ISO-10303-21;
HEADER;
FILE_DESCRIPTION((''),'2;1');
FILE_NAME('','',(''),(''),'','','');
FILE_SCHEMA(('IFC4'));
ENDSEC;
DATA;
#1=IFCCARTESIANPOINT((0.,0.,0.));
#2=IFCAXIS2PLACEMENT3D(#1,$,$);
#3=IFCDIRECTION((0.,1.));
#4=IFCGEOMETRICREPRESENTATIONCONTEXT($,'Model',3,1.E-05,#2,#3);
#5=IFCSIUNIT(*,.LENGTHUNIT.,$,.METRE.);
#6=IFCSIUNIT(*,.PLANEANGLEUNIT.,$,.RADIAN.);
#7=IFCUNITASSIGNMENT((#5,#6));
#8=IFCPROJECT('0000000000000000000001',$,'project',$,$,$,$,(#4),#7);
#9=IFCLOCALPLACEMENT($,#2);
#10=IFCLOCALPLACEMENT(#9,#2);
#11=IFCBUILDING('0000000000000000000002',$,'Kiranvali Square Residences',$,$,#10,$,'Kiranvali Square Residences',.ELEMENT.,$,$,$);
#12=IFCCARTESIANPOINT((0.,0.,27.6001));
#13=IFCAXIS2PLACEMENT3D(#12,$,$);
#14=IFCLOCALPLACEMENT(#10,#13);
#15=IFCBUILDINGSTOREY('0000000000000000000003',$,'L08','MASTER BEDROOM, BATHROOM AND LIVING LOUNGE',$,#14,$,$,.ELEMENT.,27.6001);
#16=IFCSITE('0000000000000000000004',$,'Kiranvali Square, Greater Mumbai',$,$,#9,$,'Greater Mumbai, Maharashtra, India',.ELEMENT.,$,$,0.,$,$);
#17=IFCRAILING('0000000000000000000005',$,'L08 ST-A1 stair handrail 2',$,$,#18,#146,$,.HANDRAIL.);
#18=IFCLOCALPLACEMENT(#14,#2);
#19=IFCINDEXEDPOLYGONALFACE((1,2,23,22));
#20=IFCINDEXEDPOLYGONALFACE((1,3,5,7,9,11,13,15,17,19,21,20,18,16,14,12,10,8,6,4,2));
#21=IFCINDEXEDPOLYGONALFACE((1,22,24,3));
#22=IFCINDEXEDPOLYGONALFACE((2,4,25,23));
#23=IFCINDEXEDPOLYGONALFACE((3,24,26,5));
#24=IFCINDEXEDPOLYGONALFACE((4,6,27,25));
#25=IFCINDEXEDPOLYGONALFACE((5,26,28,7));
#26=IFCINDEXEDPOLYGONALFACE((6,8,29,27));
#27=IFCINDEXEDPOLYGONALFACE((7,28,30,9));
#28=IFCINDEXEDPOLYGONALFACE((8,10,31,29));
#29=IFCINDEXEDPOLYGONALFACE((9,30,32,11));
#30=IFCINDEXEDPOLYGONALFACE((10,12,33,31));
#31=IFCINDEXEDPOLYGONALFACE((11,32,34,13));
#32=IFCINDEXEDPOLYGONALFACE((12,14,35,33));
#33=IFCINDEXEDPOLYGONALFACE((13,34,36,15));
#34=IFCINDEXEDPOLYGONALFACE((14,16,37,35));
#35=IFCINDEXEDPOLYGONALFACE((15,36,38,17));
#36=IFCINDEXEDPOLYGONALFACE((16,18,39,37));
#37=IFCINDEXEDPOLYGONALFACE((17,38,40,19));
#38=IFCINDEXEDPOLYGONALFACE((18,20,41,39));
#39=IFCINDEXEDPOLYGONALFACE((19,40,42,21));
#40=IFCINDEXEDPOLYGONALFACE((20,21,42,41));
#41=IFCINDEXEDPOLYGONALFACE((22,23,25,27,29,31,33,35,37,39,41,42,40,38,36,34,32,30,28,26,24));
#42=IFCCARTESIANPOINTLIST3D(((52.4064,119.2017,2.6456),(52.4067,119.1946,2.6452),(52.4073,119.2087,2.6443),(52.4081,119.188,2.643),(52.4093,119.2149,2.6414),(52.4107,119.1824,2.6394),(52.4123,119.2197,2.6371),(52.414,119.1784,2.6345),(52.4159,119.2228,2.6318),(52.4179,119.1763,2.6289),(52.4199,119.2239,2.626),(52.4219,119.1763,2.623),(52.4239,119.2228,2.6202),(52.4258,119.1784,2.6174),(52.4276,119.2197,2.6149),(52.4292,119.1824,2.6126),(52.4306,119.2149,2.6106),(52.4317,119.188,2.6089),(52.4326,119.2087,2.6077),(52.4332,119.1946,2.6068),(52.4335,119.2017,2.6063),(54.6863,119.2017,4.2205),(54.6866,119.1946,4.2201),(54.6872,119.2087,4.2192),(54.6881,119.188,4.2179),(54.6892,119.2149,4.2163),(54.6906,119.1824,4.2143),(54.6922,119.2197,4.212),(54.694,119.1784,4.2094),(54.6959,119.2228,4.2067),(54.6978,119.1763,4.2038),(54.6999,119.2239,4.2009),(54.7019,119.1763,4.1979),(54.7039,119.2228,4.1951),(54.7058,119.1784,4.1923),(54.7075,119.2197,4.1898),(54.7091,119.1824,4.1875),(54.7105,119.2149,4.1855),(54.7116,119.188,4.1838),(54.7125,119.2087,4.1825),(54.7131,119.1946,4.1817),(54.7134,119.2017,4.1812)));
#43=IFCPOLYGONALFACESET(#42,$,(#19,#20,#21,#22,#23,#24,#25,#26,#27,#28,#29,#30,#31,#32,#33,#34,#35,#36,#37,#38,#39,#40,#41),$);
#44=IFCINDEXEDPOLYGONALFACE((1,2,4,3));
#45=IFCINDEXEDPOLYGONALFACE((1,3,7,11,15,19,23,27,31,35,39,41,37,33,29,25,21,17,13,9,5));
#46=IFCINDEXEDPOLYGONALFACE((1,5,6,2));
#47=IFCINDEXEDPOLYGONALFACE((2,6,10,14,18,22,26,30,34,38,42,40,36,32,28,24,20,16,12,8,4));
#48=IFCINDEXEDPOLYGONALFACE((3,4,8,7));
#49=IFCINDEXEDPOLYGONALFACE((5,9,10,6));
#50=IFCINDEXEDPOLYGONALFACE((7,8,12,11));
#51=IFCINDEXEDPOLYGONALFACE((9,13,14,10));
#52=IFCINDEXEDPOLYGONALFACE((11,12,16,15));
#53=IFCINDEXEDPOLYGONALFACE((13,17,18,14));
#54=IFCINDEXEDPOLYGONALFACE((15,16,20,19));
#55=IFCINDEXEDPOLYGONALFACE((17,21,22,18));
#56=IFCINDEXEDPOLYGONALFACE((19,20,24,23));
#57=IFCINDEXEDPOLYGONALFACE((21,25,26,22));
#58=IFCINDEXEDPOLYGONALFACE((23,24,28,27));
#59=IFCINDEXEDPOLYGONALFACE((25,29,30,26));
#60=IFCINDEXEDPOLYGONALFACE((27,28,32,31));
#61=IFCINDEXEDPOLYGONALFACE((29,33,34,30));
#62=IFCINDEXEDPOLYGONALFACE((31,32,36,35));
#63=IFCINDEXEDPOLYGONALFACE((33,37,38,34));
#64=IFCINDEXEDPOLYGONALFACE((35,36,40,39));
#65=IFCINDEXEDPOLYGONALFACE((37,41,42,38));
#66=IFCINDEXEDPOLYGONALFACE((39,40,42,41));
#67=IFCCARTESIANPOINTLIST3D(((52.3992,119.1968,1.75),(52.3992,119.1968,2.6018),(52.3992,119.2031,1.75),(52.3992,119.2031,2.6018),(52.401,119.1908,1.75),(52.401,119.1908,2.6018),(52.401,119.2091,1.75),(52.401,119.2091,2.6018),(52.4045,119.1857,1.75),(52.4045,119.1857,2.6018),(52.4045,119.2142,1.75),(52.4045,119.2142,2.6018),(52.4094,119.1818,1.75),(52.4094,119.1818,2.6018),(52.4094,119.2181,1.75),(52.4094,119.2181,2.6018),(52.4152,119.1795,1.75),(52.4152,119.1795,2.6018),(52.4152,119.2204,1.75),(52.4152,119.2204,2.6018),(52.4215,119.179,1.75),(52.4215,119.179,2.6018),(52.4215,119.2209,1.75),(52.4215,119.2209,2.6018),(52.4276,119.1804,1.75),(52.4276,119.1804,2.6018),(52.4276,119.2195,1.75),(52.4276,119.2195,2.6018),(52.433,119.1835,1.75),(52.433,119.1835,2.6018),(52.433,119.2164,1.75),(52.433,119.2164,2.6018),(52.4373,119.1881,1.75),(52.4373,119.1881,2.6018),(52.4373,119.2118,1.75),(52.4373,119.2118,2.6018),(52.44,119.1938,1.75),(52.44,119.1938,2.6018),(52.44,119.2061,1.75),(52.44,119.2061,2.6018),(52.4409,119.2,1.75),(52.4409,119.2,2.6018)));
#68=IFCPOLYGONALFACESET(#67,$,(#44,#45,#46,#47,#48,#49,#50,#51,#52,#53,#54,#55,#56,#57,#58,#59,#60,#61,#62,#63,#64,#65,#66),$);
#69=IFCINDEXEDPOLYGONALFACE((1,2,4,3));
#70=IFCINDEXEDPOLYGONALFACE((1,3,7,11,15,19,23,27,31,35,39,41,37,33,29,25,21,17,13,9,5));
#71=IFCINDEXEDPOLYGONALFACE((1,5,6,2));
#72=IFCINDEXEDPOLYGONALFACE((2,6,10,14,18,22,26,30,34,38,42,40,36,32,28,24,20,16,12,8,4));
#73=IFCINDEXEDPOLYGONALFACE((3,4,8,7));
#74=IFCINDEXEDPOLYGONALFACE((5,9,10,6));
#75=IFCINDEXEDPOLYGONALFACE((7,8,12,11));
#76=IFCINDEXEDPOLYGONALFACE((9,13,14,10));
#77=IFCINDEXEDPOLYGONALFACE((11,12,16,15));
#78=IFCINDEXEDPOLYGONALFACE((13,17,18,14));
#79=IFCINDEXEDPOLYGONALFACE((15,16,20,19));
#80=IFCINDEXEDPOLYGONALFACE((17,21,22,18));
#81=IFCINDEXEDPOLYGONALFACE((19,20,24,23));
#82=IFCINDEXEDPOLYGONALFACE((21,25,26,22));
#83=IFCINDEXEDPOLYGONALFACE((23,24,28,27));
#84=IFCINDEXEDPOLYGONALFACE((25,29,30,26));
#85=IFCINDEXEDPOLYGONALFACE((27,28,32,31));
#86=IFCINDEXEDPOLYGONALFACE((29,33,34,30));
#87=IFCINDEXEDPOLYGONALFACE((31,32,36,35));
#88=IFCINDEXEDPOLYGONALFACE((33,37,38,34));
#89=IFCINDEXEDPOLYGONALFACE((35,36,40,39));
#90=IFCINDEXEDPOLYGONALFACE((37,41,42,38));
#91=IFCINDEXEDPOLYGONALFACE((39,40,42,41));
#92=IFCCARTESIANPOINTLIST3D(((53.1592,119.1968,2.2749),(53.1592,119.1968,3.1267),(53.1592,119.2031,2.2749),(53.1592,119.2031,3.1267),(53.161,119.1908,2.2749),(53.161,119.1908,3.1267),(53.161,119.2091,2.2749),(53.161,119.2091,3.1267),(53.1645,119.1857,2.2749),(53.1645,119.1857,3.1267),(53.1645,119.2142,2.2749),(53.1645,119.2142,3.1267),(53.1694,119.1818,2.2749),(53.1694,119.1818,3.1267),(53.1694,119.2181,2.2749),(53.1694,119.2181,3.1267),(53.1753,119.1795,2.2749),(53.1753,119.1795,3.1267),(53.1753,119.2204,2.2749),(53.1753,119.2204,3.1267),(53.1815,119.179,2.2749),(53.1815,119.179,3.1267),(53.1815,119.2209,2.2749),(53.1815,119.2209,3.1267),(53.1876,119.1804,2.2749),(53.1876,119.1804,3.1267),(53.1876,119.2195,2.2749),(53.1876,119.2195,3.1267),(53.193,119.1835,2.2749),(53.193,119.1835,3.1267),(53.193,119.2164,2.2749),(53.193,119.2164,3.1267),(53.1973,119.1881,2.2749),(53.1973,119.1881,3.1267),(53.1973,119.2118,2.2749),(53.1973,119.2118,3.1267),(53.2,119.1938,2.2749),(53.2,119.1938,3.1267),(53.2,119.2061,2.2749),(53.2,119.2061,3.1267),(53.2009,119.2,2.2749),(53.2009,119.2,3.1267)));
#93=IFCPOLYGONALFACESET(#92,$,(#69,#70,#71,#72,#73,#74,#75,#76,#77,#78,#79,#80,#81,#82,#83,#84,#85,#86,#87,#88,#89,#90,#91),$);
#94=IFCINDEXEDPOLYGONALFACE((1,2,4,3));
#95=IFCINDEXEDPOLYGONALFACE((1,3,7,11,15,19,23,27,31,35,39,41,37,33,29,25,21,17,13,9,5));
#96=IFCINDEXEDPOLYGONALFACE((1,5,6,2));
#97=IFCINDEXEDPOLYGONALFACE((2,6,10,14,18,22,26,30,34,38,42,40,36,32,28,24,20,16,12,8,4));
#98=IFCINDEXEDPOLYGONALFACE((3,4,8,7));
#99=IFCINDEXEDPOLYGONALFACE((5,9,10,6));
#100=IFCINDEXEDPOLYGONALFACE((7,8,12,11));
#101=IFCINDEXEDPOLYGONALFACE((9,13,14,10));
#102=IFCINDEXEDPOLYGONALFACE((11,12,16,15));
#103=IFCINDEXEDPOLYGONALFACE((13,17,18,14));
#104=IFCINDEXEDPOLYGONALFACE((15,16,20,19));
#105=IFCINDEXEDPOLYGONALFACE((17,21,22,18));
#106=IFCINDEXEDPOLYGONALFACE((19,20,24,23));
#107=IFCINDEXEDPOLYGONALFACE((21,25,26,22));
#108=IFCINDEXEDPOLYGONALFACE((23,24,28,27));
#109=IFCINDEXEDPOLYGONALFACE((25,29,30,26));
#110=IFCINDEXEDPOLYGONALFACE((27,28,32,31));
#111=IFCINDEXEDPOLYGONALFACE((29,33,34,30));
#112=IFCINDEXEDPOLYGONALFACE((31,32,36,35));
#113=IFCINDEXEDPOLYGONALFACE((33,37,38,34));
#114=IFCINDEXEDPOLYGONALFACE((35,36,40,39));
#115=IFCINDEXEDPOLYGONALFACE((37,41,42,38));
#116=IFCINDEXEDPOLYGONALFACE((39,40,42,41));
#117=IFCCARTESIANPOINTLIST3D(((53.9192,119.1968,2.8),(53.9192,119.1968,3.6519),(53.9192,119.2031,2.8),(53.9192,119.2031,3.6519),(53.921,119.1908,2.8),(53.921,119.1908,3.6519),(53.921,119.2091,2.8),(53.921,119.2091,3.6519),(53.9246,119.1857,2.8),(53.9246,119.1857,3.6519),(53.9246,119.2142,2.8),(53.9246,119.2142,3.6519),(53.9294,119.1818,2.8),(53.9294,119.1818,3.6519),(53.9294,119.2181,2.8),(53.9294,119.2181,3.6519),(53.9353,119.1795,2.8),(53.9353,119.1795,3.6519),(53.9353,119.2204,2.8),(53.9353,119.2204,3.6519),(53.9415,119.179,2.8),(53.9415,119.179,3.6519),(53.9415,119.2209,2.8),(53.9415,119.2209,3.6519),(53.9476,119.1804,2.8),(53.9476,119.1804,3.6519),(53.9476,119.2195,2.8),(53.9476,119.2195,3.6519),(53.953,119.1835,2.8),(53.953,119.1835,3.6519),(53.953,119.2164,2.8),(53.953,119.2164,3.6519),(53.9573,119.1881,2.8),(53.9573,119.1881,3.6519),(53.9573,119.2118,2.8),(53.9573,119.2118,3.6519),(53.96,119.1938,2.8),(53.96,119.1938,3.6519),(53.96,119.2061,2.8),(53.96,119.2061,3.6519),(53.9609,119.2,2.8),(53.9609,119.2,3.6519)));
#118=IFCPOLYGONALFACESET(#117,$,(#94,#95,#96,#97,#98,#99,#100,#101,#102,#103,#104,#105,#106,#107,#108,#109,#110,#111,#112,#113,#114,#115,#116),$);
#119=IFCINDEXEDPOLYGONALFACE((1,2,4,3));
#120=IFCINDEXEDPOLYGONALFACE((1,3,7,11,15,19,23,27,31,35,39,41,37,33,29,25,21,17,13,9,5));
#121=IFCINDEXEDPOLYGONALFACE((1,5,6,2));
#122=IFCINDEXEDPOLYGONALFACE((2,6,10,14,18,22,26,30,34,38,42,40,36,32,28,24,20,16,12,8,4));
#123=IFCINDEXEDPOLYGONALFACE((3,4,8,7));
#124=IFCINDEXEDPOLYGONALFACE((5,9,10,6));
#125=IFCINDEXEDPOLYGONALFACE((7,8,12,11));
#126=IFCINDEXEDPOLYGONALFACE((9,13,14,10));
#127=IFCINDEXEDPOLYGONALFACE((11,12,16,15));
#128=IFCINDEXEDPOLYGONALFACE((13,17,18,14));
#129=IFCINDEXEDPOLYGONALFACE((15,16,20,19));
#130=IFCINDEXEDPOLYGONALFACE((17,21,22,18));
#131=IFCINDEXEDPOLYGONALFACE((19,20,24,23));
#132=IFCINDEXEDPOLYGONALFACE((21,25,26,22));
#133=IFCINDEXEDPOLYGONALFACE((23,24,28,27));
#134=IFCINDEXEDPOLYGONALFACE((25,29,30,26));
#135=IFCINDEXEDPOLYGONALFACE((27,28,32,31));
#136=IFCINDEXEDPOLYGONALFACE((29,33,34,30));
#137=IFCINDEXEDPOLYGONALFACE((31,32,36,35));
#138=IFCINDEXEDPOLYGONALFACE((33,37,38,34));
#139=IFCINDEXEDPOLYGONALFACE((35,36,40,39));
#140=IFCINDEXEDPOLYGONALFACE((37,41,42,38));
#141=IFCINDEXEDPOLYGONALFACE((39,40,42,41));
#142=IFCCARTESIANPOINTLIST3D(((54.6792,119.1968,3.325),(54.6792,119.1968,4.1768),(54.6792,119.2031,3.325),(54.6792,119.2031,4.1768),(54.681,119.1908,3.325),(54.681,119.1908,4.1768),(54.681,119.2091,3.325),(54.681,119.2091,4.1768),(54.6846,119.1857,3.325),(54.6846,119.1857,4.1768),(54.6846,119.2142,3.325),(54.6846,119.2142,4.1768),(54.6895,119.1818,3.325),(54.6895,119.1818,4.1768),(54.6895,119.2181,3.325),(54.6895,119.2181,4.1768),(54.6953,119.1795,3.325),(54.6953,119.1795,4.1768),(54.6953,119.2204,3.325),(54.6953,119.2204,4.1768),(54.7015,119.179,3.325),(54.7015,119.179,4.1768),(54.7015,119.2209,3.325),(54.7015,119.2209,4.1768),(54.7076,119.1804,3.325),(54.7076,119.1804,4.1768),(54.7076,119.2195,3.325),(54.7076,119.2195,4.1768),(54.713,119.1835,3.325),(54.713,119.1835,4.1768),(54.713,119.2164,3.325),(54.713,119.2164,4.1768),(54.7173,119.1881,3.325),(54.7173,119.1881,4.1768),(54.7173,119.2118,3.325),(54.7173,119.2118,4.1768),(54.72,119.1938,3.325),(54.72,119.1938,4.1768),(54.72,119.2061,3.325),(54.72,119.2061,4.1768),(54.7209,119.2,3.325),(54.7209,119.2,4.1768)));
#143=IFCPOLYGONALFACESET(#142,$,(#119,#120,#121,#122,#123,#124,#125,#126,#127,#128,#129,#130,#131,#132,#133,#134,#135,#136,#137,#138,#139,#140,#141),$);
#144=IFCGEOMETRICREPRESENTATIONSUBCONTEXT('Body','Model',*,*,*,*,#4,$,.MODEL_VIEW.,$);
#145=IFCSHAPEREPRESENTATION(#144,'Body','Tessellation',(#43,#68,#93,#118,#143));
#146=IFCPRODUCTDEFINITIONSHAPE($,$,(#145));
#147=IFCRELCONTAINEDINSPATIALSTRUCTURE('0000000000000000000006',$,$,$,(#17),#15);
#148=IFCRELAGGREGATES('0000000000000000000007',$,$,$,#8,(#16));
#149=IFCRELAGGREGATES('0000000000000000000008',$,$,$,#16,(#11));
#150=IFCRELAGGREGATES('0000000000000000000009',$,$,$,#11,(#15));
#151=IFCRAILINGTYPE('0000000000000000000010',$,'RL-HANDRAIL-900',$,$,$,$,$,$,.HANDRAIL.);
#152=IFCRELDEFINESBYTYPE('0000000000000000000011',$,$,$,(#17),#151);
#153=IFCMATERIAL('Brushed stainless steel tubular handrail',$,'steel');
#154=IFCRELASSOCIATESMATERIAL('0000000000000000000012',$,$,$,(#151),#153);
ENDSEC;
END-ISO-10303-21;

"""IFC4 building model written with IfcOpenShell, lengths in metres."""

from ifc_helpers import new_model, si_unit, direction, frame, origin, origin_2d, place, context, subcontext, project, spatial, circle, extrude, material, type_object, element, save


model = new_model("IFC4")

# Units and contexts
model_context = context("Model", 3, precision=1e-05, world=origin(), true_north=direction((0.0, 1.0)))
body_context = subcontext(model_context, "Body", "Model", "MODEL_VIEW")
ifc_project = project(units=[si_unit("LENGTHUNIT", "METRE"), si_unit("PLANEANGLEUNIT", "RADIAN")], contexts=[model_context])

# Site, building, storey
site_placement = place(None, origin())
site = spatial("IfcSite", under=ifc_project, at=site_placement, Name="Kiranvali Square, Greater Mumbai", LongName="Greater Mumbai, Maharashtra, India", CompositionType="ELEMENT", RefElevation=0.0)
building_placement = place(site_placement, origin())
building = spatial("IfcBuilding", under=site, at=building_placement, Name="Kiranvali Square Residences", LongName="Kiranvali Square Residences", CompositionType="ELEMENT")
storey_placement = place(building_placement, frame((0.0, 0.0, 27.6001)))
storey = spatial("IfcBuildingStorey", under=building, at=storey_placement, Name="L08", Description="MASTER BEDROOM, BATHROOM AND LIVING LOUNGE", CompositionType="ELEMENT", Elevation=27.6001)

# Railing
ifc_material_1 = material(Name="Brushed stainless steel tubular handrail", Category="steel")
railing_type_1 = type_object("IfcRailingType", Name="RL-HANDRAIL-900", PredefinedType="HANDRAIL", material=ifc_material_1)
railing_1_placement = place(storey_placement, frame((52.4199, 119.2, 1.75)))
element("IfcRailing", 1, at=railing_1_placement, inside=storey, type_object=railing_type_1, Name="L08 ST-A1 stair handrail 2", PredefinedType="HANDRAIL", context=body_context, shape_type="SweptSolid", body=[
    extrude(circle(Radius=0.0239, at=origin_2d()), frame((0.0, 0.0, 0.876), z_axis=(0.822788, 0.0, 0.568348), x_axis=(0.0, 1.0, 0.0)), (0.0, 0.0, 1.0), 2.771),
    extrude(circle(Radius=0.021, at=origin_2d()), origin(), (0.0, 0.0, 1.0), 0.8518),
    extrude(circle(Radius=0.021, at=origin_2d()), frame((0.76, 0.0, 0.5249)), (0.0, 0.0, 1.0), 0.8518),
    extrude(circle(Radius=0.021, at=origin_2d()), frame((1.52, 0.0, 1.05)), (0.0, 0.0, 1.0), 0.8518),
    extrude(circle(Radius=0.021, at=origin_2d()), frame((2.28, 0.0, 1.575)), (0.0, 0.0, 1.0), 0.8518),
])

save(model, "model.ifc")
